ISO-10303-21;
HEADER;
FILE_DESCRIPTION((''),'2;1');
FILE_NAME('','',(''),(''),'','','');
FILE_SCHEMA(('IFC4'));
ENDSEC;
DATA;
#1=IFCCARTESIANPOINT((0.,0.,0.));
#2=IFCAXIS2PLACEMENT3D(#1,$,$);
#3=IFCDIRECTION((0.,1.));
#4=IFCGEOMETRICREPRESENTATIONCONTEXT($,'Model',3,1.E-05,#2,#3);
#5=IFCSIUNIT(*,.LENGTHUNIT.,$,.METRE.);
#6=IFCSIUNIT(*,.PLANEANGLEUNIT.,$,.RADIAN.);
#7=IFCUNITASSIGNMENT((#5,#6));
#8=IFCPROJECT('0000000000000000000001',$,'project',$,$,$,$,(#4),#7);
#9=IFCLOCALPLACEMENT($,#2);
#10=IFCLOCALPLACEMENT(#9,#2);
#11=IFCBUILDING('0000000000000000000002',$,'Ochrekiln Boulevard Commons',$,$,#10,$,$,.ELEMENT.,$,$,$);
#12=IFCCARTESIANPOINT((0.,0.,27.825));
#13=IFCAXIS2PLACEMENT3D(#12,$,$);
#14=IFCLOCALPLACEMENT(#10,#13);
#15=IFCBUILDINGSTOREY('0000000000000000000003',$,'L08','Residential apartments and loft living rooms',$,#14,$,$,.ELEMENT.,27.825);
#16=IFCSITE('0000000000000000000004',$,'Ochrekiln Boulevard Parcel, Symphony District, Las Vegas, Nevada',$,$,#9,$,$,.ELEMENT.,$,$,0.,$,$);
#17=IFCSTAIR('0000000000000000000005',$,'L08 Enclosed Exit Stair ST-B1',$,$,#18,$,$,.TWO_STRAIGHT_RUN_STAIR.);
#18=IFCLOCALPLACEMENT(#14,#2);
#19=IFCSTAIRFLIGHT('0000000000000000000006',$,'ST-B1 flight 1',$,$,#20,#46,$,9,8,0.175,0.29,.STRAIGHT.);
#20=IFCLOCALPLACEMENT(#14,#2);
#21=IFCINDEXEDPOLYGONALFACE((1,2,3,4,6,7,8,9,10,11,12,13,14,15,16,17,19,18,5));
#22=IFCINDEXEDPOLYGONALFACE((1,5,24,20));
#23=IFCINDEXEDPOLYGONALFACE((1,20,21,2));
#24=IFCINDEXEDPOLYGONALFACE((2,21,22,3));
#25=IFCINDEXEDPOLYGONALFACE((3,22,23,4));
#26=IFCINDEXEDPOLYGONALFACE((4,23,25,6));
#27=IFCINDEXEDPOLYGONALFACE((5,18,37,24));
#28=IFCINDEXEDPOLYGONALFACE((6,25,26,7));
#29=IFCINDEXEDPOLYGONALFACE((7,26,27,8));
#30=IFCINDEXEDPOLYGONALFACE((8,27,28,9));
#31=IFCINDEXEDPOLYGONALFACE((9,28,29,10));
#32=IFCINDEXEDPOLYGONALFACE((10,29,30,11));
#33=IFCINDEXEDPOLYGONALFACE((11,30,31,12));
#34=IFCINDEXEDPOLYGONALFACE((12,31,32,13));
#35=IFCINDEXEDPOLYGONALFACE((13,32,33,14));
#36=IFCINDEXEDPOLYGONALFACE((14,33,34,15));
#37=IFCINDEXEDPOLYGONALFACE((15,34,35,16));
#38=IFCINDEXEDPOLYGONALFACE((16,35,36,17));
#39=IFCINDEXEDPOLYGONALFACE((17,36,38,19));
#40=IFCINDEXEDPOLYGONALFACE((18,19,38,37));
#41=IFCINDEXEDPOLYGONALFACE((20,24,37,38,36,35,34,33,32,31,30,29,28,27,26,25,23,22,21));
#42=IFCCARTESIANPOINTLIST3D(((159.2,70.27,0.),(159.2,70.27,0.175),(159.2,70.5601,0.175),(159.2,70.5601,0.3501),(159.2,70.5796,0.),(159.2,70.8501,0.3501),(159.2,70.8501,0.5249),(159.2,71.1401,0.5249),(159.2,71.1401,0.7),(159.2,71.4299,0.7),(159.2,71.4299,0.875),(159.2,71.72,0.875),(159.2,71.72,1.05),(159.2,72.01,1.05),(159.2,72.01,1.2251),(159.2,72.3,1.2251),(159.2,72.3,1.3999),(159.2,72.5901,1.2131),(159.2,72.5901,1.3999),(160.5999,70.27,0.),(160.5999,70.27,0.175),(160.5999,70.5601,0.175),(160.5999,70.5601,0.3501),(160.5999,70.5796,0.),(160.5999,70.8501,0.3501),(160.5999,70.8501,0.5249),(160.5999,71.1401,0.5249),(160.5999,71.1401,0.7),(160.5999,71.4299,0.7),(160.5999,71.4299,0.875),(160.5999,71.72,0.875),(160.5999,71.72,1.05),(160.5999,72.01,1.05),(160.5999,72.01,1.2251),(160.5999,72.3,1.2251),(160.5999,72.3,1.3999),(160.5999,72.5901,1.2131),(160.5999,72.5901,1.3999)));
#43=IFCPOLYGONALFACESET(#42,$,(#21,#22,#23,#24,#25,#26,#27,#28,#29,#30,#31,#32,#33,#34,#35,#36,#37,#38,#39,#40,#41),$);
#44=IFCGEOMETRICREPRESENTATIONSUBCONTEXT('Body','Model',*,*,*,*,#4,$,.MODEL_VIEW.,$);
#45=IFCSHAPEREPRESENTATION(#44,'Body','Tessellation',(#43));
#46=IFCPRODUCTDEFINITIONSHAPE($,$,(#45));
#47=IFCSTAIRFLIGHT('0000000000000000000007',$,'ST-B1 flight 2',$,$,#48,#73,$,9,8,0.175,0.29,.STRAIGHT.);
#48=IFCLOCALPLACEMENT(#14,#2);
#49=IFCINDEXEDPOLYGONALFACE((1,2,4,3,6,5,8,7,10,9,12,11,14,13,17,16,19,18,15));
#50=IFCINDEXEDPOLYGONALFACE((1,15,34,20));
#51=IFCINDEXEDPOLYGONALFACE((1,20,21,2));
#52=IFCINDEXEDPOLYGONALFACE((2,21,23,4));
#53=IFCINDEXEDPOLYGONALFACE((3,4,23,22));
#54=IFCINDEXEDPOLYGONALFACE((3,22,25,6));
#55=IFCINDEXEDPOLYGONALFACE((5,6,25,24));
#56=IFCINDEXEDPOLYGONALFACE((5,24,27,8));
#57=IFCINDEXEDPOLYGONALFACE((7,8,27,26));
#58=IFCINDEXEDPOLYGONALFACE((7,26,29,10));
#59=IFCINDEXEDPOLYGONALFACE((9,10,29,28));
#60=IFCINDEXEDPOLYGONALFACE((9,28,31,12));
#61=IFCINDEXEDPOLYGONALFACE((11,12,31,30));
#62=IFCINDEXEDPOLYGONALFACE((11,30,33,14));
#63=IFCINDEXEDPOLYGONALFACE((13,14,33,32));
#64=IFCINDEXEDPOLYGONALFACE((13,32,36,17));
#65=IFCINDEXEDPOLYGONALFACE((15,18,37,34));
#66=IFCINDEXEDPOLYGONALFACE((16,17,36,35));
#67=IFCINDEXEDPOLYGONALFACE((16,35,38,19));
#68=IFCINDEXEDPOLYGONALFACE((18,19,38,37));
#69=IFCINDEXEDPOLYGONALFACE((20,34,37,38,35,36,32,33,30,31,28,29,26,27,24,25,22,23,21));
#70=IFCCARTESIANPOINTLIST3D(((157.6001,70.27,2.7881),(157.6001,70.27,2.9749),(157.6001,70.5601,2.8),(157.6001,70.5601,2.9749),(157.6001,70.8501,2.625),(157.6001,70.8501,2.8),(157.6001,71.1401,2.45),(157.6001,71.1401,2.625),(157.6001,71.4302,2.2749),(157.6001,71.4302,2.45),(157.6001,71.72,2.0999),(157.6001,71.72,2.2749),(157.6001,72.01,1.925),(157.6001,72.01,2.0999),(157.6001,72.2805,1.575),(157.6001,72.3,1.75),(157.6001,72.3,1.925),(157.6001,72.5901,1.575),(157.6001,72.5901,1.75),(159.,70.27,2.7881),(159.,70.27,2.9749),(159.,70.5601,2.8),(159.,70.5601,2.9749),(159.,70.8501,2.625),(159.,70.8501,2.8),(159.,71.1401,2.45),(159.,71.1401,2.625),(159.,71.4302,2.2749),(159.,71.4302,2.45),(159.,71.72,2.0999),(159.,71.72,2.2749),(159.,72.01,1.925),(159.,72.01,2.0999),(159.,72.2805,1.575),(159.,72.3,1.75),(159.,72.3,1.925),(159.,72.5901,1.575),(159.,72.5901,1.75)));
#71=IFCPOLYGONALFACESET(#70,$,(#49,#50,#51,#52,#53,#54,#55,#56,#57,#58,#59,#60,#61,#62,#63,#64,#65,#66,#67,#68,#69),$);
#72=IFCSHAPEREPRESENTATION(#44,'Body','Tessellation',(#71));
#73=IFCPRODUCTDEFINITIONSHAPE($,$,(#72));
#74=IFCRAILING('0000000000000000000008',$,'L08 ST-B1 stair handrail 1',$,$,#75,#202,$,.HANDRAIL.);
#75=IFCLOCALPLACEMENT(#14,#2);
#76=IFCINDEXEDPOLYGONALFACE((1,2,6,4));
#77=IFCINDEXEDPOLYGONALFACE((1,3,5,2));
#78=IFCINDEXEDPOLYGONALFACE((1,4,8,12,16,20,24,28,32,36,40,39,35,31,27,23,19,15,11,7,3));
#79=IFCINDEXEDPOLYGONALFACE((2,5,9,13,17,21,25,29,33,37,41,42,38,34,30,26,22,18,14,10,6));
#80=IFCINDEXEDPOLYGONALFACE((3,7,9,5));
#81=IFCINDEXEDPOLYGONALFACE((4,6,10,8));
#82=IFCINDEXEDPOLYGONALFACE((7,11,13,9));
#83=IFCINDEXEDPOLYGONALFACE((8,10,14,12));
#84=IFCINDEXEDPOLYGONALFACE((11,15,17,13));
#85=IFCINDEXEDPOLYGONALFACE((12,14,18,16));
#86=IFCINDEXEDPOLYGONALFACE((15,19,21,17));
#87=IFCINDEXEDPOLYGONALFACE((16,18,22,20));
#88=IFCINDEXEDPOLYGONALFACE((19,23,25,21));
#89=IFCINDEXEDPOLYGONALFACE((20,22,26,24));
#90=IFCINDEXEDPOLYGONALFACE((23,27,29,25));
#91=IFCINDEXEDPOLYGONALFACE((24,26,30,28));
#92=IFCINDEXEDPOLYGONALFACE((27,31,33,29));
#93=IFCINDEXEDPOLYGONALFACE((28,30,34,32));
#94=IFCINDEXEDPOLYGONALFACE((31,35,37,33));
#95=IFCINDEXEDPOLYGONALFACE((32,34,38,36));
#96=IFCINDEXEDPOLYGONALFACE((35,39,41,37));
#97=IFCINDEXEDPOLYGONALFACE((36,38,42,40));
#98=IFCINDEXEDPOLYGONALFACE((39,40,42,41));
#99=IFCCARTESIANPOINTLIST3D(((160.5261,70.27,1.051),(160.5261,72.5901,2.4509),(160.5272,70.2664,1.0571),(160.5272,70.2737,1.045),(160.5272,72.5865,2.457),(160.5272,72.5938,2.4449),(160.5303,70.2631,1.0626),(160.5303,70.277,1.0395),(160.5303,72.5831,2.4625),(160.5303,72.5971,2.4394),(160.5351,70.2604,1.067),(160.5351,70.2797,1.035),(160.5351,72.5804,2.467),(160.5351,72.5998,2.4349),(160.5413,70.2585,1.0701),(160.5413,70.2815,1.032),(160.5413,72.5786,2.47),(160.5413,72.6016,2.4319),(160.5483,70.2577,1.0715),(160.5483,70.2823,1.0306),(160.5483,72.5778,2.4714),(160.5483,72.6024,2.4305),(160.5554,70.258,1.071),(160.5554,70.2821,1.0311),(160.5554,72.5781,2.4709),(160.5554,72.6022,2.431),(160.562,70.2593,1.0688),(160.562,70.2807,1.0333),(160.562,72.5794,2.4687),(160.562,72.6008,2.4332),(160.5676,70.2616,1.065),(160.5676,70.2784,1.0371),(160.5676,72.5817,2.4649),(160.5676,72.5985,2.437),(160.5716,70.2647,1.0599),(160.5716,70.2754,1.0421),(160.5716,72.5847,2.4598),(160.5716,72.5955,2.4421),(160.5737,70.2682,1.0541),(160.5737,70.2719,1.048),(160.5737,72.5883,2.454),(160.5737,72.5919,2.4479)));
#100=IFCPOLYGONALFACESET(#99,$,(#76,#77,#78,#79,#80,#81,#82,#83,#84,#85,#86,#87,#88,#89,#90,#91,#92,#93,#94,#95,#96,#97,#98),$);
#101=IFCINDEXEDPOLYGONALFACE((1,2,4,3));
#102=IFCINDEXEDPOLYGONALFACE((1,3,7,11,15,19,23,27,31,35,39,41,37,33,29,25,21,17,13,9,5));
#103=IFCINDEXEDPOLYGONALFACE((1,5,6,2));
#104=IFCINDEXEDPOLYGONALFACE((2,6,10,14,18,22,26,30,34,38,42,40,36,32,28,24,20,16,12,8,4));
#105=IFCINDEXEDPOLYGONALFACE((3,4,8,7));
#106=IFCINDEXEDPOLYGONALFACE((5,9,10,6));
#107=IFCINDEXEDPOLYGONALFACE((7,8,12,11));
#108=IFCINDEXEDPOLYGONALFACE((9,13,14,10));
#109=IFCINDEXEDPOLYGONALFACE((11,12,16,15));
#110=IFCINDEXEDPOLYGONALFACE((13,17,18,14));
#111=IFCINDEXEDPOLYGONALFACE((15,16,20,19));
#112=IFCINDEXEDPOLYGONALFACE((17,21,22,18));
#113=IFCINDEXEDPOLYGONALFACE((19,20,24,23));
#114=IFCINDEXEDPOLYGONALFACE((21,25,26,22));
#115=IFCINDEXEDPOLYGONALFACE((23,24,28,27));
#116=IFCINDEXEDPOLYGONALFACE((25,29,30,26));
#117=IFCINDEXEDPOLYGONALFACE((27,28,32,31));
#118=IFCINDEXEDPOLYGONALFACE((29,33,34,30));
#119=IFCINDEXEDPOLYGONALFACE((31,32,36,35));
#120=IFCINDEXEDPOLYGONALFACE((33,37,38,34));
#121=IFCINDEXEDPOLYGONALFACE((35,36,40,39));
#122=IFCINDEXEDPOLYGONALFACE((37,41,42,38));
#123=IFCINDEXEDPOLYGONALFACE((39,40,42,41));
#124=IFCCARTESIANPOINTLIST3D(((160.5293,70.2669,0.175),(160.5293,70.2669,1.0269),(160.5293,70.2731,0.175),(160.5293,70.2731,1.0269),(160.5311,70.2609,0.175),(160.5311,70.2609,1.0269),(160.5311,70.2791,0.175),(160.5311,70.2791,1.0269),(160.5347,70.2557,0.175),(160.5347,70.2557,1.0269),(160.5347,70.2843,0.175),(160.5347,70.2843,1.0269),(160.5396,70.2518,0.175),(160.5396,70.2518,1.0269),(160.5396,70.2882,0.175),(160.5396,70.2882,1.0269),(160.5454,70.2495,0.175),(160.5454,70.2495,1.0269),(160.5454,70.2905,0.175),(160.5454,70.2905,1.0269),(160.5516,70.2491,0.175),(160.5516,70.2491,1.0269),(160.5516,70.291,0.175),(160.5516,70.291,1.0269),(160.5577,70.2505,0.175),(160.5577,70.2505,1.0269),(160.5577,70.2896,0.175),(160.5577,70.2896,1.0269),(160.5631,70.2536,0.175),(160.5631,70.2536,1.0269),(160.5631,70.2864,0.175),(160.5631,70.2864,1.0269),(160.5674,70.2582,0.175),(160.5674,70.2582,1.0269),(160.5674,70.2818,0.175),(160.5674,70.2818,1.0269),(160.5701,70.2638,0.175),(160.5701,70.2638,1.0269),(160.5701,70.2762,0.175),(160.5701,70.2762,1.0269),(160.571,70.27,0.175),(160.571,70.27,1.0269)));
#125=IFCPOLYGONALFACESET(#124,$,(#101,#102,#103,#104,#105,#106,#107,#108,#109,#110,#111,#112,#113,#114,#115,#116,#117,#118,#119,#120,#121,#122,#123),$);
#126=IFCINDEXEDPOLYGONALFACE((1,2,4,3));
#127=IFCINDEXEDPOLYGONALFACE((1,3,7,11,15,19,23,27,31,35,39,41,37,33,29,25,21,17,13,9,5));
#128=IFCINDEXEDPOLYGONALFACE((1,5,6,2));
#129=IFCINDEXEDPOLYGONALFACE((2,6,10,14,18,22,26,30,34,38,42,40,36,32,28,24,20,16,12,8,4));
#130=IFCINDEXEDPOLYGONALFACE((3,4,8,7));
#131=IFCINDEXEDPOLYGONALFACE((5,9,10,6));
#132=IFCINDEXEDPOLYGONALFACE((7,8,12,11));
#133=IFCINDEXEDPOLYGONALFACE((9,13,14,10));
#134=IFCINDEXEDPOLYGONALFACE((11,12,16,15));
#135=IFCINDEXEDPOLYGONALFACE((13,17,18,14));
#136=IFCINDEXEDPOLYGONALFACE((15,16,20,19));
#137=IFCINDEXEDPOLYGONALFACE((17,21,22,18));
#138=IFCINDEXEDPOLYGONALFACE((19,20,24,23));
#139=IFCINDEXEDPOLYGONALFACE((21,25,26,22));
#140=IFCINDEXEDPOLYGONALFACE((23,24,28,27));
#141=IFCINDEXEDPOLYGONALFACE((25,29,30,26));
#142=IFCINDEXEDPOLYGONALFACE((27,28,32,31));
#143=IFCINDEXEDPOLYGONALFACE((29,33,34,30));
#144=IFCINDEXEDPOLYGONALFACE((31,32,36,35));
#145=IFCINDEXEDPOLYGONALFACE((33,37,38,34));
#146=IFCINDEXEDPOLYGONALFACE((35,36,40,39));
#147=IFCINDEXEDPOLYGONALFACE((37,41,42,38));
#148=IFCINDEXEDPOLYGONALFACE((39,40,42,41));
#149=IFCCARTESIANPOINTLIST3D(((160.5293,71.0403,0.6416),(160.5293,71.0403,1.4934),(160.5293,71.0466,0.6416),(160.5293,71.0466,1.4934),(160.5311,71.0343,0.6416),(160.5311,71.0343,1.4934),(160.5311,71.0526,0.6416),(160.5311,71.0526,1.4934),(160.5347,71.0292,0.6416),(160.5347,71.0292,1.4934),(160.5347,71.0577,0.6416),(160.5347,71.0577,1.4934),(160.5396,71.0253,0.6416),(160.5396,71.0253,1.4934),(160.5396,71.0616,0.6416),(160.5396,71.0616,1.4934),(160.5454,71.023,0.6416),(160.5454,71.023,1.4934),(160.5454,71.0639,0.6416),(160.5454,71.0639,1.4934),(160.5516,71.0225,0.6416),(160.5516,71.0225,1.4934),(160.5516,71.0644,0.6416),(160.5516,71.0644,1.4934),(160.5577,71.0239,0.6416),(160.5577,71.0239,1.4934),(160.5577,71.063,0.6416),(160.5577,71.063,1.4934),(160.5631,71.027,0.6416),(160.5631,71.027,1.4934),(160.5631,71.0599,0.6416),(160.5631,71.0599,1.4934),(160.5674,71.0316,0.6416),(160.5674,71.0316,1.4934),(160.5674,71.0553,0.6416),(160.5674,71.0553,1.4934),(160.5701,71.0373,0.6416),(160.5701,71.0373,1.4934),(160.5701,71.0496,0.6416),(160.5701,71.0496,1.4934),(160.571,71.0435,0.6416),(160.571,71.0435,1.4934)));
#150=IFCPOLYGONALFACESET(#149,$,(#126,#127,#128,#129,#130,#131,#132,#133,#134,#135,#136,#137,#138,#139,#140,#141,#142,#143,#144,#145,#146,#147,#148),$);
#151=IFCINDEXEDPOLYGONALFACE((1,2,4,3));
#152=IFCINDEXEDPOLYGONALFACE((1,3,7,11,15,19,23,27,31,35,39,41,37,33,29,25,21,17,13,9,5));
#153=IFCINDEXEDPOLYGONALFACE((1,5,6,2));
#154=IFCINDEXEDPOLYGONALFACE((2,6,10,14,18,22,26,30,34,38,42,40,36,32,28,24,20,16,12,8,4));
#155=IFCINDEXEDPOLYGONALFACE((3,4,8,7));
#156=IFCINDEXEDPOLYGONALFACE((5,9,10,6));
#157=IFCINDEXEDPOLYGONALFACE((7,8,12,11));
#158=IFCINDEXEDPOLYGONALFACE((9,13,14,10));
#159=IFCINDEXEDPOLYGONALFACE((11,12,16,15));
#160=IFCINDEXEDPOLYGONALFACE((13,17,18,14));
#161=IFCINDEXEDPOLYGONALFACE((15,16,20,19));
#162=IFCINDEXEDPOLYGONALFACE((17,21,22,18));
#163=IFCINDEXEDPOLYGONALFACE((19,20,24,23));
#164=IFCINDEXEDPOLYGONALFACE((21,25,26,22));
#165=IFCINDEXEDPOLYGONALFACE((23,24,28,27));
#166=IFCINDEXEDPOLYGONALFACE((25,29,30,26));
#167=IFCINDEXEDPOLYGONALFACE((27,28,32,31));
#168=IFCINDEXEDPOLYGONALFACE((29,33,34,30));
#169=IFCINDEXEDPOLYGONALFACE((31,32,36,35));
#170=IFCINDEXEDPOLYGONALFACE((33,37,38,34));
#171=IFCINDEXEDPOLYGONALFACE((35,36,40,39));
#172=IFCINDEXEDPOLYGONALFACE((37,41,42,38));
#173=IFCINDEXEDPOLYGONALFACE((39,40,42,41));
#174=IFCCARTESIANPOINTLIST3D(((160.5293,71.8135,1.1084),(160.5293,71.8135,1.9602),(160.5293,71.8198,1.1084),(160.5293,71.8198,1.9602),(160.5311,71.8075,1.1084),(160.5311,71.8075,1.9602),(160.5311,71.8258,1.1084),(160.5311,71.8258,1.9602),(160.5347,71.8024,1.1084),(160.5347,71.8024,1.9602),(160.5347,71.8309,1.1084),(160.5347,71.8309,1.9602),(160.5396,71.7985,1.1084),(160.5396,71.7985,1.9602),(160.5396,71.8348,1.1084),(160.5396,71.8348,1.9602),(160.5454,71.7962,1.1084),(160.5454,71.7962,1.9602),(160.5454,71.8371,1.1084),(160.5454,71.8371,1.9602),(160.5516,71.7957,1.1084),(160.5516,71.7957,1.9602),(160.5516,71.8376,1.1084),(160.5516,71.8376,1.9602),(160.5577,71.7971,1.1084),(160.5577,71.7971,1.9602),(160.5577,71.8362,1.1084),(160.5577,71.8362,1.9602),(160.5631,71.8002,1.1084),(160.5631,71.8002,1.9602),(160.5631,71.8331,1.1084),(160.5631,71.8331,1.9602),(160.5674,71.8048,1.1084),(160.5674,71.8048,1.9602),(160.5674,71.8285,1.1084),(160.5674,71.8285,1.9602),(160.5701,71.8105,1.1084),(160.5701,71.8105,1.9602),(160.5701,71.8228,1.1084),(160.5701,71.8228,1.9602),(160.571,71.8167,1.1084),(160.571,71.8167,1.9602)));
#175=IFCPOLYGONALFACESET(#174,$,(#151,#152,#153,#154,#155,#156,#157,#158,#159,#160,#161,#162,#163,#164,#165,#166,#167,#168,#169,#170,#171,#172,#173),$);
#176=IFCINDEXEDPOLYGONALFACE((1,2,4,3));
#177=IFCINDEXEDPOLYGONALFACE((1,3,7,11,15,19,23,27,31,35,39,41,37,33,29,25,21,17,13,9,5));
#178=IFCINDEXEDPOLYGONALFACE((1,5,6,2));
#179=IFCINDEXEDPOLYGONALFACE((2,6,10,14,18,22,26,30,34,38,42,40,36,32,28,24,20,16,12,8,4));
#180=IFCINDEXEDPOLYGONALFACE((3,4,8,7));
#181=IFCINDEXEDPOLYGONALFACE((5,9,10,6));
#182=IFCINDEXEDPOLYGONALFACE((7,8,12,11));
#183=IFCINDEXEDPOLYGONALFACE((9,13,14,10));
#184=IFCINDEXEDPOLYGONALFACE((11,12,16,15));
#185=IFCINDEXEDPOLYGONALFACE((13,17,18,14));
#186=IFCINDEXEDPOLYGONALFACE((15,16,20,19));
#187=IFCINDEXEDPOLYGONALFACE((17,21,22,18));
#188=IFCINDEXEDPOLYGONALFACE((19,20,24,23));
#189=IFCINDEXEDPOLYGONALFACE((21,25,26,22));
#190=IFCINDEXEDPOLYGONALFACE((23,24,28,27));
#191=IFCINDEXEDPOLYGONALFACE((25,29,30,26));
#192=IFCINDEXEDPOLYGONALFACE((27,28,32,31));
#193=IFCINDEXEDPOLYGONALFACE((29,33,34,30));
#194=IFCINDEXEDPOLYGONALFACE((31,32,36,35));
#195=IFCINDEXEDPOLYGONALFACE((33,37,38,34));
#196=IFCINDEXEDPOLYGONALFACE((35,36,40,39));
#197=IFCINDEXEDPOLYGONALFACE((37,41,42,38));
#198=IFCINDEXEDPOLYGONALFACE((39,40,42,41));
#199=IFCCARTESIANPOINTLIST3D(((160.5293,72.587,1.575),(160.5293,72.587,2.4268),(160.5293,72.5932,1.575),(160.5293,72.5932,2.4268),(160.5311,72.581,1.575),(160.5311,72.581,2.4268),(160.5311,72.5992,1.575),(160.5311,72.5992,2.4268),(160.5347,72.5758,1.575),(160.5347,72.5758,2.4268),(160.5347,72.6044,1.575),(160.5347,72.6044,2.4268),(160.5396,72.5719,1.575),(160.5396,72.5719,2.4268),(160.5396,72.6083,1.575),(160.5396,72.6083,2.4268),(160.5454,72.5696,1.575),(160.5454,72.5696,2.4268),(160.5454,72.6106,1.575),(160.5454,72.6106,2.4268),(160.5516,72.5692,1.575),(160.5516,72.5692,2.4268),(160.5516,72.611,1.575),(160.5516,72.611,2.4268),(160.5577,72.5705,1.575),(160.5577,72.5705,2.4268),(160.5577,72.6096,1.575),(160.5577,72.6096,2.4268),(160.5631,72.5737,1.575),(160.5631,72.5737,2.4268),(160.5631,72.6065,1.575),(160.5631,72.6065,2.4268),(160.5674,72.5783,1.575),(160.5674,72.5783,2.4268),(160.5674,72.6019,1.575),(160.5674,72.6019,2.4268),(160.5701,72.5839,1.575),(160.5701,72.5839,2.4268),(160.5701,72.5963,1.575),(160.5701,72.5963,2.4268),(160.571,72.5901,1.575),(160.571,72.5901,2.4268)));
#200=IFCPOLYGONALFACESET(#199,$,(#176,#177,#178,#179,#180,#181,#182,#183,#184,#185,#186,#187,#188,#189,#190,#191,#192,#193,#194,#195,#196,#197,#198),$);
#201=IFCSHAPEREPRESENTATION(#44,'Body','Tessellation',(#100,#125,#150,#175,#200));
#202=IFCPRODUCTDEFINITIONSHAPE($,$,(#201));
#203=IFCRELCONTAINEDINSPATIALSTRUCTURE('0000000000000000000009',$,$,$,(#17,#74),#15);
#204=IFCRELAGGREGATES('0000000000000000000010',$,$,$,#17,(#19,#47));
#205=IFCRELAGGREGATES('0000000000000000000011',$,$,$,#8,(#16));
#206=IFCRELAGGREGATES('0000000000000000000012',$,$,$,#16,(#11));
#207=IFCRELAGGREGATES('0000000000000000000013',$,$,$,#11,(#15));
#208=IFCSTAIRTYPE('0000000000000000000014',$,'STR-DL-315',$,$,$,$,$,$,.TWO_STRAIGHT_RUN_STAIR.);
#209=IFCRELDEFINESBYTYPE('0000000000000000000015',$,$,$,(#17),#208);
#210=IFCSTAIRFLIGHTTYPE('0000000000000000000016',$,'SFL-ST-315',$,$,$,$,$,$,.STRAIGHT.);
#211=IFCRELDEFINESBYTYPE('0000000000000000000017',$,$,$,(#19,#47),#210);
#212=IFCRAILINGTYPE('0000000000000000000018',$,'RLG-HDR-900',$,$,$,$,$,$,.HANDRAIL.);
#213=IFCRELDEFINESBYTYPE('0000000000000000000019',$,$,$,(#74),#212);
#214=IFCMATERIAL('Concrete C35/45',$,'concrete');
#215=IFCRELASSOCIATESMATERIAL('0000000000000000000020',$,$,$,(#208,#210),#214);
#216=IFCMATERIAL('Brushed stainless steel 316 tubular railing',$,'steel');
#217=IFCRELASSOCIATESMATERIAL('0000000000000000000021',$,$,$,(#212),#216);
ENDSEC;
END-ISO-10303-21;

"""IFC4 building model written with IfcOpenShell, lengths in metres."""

from ifc_helpers import new_model, si_unit, direction, frame, origin, origin_2d, place, context, subcontext, project, spatial, polyline, circle, outline, extrude, material, type_object, element, aggregate, save


model = new_model("IFC4")

# Units and contexts
model_context = context("Model", 3, precision=1e-05, world=origin(), true_north=direction((0.0, 1.0)))
body_context = subcontext(model_context, "Body", "Model", "MODEL_VIEW")
ifc_project = project(units=[si_unit("LENGTHUNIT", "METRE"), si_unit("PLANEANGLEUNIT", "RADIAN")], contexts=[model_context])

# Site, building, storey
site_placement = place(None, origin())
site = spatial("IfcSite", under=ifc_project, at=site_placement, Name="Ochrekiln Boulevard Parcel, Symphony District, Las Vegas, Nevada", CompositionType="ELEMENT", RefElevation=0.0)
building_placement = place(site_placement, origin())
building = spatial("IfcBuilding", under=site, at=building_placement, Name="Ochrekiln Boulevard Commons", CompositionType="ELEMENT")
storey_placement = place(building_placement, frame((0.0, 0.0, 27.825)))
storey = spatial("IfcBuildingStorey", under=building, at=storey_placement, Name="L08", Description="Residential apartments and loft living rooms", CompositionType="ELEMENT", Elevation=27.825)

# Shared definitions
ifc_material_1 = material(Name="Concrete C35/45", Category="concrete")

# Stair, stair flights
stair_type = type_object("IfcStairType", Name="STR-DL-315", PredefinedType="TWO_STRAIGHT_RUN_STAIR", material=ifc_material_1)
stair_placement = place(storey_placement, origin())
stair = element("IfcStair", 1, at=stair_placement, inside=storey, type_object=stair_type, Name="L08 Enclosed Exit Stair ST-B1", PredefinedType="TWO_STRAIGHT_RUN_STAIR")
stair_flight_type = type_object("IfcStairFlightType", Name="SFL-ST-315", PredefinedType="STRAIGHT", material=ifc_material_1)
stair_flight_1_placement = place(storey_placement, frame((159.8999, 70.27, 0.0), z_axis=(0.0, 0.0, 1.0), x_axis=(0.0, 1.0, 0.0)))
stair_flight_1 = element("IfcStairFlight", 2, at=stair_flight_1_placement, type_object=stair_flight_type, Name="ST-B1 flight 1", NumberOfRisers=9, NumberOfTreads=8, PredefinedType="STRAIGHT", RiserHeight=0.175, TreadLength=0.29, context=body_context, shape_type="SweptSolid", body=[
    extrude(outline(polyline([(0.0, 0.0), (0.0, 0.175), (0.29, 0.175), (0.29, 0.3501), (0.5801, 0.3501), (0.5801, 0.5249), (0.8701, 0.5249), (0.8701, 0.7), (1.1599, 0.7), (1.1599, 0.875), (1.45, 0.875), (1.45, 1.05), (1.74, 1.05), (1.74, 1.2251), (2.03, 1.2251), (2.03, 1.3999), (2.3201, 1.3999), (2.3201, 1.575), (2.3201, 1.2131), (0.3096, 0.0), (0.0, 0.0)])), frame((0.0, 0.7, 0.0), z_axis=(0.0, -1.0, 0.0), x_axis=(1.0, 0.0, 0.0)), (0.0, 0.0, 1.0), 1.3999),
])
stair_flight_2_placement = place(storey_placement, frame((158.3, 72.5901, 1.575), z_axis=(0.0, 0.0, 1.0), x_axis=(0.0, -1.0, 0.0)))
stair_flight_2 = element("IfcStairFlight", 3, at=stair_flight_2_placement, type_object=stair_flight_type, Name="ST-B1 flight 2", NumberOfRisers=9, NumberOfTreads=8, PredefinedType="STRAIGHT", RiserHeight=0.175, TreadLength=0.29, context=body_context, shape_type="SweptSolid", body=[
    extrude(outline(polyline([(0.0, 0.0), (0.0, 0.175), (0.29, 0.175), (0.29, 0.3501), (0.5801, 0.3501), (0.5801, 0.5249), (0.8701, 0.5249), (0.8701, 0.7), (1.1599, 0.7), (1.1599, 0.875), (1.45, 0.875), (1.45, 1.05), (1.74, 1.05), (1.74, 1.2251), (2.03, 1.2251), (2.03, 1.3999), (2.3201, 1.3999), (2.3201, 1.575), (2.3201, 1.2131), (0.3096, 0.0), (0.0, 0.0)])), frame((0.0, 0.7, 0.0), z_axis=(0.0, -1.0, 0.0), x_axis=(1.0, 0.0, 0.0)), (0.0, 0.0, 1.0), 1.3999),
])
aggregate(stair, [stair_flight_1, stair_flight_2])

# Railing
ifc_material_2 = material(Name="Brushed stainless steel 316 tubular railing", Category="steel")
railing_type_1 = type_object("IfcRailingType", Name="RLG-HDR-900", PredefinedType="HANDRAIL", material=ifc_material_2)
railing_1_placement = place(storey_placement, frame((160.55, 70.27, 0.175)))
element("IfcRailing", 4, at=railing_1_placement, inside=storey, type_object=railing_type_1, Name="L08 ST-B1 stair handrail 1", PredefinedType="HANDRAIL", context=body_context, shape_type="SweptSolid", body=[
    extrude(circle(Radius=0.0239, at=origin_2d()), frame((0.0, 0.0, 0.876), z_axis=(0.0, 0.85621, 0.516627), x_axis=(-1.0, 0.0, 0.0)), (0.0, 0.0, 1.0), 2.7097),
    extrude(circle(Radius=0.021, at=origin_2d()), origin(), (0.0, 0.0, 1.0), 0.8518),
    extrude(circle(Radius=0.021, at=origin_2d()), frame((0.0, 0.7734, 0.4666)), (0.0, 0.0, 1.0), 0.8518),
    extrude(circle(Radius=0.021, at=origin_2d()), frame((0.0, 1.5466, 0.9333)), (0.0, 0.0, 1.0), 0.8518),
    extrude(circle(Radius=0.021, at=origin_2d()), frame((0.0, 2.3201, 1.3999)), (0.0, 0.0, 1.0), 0.8518),
])

save(model, "model.ifc")
